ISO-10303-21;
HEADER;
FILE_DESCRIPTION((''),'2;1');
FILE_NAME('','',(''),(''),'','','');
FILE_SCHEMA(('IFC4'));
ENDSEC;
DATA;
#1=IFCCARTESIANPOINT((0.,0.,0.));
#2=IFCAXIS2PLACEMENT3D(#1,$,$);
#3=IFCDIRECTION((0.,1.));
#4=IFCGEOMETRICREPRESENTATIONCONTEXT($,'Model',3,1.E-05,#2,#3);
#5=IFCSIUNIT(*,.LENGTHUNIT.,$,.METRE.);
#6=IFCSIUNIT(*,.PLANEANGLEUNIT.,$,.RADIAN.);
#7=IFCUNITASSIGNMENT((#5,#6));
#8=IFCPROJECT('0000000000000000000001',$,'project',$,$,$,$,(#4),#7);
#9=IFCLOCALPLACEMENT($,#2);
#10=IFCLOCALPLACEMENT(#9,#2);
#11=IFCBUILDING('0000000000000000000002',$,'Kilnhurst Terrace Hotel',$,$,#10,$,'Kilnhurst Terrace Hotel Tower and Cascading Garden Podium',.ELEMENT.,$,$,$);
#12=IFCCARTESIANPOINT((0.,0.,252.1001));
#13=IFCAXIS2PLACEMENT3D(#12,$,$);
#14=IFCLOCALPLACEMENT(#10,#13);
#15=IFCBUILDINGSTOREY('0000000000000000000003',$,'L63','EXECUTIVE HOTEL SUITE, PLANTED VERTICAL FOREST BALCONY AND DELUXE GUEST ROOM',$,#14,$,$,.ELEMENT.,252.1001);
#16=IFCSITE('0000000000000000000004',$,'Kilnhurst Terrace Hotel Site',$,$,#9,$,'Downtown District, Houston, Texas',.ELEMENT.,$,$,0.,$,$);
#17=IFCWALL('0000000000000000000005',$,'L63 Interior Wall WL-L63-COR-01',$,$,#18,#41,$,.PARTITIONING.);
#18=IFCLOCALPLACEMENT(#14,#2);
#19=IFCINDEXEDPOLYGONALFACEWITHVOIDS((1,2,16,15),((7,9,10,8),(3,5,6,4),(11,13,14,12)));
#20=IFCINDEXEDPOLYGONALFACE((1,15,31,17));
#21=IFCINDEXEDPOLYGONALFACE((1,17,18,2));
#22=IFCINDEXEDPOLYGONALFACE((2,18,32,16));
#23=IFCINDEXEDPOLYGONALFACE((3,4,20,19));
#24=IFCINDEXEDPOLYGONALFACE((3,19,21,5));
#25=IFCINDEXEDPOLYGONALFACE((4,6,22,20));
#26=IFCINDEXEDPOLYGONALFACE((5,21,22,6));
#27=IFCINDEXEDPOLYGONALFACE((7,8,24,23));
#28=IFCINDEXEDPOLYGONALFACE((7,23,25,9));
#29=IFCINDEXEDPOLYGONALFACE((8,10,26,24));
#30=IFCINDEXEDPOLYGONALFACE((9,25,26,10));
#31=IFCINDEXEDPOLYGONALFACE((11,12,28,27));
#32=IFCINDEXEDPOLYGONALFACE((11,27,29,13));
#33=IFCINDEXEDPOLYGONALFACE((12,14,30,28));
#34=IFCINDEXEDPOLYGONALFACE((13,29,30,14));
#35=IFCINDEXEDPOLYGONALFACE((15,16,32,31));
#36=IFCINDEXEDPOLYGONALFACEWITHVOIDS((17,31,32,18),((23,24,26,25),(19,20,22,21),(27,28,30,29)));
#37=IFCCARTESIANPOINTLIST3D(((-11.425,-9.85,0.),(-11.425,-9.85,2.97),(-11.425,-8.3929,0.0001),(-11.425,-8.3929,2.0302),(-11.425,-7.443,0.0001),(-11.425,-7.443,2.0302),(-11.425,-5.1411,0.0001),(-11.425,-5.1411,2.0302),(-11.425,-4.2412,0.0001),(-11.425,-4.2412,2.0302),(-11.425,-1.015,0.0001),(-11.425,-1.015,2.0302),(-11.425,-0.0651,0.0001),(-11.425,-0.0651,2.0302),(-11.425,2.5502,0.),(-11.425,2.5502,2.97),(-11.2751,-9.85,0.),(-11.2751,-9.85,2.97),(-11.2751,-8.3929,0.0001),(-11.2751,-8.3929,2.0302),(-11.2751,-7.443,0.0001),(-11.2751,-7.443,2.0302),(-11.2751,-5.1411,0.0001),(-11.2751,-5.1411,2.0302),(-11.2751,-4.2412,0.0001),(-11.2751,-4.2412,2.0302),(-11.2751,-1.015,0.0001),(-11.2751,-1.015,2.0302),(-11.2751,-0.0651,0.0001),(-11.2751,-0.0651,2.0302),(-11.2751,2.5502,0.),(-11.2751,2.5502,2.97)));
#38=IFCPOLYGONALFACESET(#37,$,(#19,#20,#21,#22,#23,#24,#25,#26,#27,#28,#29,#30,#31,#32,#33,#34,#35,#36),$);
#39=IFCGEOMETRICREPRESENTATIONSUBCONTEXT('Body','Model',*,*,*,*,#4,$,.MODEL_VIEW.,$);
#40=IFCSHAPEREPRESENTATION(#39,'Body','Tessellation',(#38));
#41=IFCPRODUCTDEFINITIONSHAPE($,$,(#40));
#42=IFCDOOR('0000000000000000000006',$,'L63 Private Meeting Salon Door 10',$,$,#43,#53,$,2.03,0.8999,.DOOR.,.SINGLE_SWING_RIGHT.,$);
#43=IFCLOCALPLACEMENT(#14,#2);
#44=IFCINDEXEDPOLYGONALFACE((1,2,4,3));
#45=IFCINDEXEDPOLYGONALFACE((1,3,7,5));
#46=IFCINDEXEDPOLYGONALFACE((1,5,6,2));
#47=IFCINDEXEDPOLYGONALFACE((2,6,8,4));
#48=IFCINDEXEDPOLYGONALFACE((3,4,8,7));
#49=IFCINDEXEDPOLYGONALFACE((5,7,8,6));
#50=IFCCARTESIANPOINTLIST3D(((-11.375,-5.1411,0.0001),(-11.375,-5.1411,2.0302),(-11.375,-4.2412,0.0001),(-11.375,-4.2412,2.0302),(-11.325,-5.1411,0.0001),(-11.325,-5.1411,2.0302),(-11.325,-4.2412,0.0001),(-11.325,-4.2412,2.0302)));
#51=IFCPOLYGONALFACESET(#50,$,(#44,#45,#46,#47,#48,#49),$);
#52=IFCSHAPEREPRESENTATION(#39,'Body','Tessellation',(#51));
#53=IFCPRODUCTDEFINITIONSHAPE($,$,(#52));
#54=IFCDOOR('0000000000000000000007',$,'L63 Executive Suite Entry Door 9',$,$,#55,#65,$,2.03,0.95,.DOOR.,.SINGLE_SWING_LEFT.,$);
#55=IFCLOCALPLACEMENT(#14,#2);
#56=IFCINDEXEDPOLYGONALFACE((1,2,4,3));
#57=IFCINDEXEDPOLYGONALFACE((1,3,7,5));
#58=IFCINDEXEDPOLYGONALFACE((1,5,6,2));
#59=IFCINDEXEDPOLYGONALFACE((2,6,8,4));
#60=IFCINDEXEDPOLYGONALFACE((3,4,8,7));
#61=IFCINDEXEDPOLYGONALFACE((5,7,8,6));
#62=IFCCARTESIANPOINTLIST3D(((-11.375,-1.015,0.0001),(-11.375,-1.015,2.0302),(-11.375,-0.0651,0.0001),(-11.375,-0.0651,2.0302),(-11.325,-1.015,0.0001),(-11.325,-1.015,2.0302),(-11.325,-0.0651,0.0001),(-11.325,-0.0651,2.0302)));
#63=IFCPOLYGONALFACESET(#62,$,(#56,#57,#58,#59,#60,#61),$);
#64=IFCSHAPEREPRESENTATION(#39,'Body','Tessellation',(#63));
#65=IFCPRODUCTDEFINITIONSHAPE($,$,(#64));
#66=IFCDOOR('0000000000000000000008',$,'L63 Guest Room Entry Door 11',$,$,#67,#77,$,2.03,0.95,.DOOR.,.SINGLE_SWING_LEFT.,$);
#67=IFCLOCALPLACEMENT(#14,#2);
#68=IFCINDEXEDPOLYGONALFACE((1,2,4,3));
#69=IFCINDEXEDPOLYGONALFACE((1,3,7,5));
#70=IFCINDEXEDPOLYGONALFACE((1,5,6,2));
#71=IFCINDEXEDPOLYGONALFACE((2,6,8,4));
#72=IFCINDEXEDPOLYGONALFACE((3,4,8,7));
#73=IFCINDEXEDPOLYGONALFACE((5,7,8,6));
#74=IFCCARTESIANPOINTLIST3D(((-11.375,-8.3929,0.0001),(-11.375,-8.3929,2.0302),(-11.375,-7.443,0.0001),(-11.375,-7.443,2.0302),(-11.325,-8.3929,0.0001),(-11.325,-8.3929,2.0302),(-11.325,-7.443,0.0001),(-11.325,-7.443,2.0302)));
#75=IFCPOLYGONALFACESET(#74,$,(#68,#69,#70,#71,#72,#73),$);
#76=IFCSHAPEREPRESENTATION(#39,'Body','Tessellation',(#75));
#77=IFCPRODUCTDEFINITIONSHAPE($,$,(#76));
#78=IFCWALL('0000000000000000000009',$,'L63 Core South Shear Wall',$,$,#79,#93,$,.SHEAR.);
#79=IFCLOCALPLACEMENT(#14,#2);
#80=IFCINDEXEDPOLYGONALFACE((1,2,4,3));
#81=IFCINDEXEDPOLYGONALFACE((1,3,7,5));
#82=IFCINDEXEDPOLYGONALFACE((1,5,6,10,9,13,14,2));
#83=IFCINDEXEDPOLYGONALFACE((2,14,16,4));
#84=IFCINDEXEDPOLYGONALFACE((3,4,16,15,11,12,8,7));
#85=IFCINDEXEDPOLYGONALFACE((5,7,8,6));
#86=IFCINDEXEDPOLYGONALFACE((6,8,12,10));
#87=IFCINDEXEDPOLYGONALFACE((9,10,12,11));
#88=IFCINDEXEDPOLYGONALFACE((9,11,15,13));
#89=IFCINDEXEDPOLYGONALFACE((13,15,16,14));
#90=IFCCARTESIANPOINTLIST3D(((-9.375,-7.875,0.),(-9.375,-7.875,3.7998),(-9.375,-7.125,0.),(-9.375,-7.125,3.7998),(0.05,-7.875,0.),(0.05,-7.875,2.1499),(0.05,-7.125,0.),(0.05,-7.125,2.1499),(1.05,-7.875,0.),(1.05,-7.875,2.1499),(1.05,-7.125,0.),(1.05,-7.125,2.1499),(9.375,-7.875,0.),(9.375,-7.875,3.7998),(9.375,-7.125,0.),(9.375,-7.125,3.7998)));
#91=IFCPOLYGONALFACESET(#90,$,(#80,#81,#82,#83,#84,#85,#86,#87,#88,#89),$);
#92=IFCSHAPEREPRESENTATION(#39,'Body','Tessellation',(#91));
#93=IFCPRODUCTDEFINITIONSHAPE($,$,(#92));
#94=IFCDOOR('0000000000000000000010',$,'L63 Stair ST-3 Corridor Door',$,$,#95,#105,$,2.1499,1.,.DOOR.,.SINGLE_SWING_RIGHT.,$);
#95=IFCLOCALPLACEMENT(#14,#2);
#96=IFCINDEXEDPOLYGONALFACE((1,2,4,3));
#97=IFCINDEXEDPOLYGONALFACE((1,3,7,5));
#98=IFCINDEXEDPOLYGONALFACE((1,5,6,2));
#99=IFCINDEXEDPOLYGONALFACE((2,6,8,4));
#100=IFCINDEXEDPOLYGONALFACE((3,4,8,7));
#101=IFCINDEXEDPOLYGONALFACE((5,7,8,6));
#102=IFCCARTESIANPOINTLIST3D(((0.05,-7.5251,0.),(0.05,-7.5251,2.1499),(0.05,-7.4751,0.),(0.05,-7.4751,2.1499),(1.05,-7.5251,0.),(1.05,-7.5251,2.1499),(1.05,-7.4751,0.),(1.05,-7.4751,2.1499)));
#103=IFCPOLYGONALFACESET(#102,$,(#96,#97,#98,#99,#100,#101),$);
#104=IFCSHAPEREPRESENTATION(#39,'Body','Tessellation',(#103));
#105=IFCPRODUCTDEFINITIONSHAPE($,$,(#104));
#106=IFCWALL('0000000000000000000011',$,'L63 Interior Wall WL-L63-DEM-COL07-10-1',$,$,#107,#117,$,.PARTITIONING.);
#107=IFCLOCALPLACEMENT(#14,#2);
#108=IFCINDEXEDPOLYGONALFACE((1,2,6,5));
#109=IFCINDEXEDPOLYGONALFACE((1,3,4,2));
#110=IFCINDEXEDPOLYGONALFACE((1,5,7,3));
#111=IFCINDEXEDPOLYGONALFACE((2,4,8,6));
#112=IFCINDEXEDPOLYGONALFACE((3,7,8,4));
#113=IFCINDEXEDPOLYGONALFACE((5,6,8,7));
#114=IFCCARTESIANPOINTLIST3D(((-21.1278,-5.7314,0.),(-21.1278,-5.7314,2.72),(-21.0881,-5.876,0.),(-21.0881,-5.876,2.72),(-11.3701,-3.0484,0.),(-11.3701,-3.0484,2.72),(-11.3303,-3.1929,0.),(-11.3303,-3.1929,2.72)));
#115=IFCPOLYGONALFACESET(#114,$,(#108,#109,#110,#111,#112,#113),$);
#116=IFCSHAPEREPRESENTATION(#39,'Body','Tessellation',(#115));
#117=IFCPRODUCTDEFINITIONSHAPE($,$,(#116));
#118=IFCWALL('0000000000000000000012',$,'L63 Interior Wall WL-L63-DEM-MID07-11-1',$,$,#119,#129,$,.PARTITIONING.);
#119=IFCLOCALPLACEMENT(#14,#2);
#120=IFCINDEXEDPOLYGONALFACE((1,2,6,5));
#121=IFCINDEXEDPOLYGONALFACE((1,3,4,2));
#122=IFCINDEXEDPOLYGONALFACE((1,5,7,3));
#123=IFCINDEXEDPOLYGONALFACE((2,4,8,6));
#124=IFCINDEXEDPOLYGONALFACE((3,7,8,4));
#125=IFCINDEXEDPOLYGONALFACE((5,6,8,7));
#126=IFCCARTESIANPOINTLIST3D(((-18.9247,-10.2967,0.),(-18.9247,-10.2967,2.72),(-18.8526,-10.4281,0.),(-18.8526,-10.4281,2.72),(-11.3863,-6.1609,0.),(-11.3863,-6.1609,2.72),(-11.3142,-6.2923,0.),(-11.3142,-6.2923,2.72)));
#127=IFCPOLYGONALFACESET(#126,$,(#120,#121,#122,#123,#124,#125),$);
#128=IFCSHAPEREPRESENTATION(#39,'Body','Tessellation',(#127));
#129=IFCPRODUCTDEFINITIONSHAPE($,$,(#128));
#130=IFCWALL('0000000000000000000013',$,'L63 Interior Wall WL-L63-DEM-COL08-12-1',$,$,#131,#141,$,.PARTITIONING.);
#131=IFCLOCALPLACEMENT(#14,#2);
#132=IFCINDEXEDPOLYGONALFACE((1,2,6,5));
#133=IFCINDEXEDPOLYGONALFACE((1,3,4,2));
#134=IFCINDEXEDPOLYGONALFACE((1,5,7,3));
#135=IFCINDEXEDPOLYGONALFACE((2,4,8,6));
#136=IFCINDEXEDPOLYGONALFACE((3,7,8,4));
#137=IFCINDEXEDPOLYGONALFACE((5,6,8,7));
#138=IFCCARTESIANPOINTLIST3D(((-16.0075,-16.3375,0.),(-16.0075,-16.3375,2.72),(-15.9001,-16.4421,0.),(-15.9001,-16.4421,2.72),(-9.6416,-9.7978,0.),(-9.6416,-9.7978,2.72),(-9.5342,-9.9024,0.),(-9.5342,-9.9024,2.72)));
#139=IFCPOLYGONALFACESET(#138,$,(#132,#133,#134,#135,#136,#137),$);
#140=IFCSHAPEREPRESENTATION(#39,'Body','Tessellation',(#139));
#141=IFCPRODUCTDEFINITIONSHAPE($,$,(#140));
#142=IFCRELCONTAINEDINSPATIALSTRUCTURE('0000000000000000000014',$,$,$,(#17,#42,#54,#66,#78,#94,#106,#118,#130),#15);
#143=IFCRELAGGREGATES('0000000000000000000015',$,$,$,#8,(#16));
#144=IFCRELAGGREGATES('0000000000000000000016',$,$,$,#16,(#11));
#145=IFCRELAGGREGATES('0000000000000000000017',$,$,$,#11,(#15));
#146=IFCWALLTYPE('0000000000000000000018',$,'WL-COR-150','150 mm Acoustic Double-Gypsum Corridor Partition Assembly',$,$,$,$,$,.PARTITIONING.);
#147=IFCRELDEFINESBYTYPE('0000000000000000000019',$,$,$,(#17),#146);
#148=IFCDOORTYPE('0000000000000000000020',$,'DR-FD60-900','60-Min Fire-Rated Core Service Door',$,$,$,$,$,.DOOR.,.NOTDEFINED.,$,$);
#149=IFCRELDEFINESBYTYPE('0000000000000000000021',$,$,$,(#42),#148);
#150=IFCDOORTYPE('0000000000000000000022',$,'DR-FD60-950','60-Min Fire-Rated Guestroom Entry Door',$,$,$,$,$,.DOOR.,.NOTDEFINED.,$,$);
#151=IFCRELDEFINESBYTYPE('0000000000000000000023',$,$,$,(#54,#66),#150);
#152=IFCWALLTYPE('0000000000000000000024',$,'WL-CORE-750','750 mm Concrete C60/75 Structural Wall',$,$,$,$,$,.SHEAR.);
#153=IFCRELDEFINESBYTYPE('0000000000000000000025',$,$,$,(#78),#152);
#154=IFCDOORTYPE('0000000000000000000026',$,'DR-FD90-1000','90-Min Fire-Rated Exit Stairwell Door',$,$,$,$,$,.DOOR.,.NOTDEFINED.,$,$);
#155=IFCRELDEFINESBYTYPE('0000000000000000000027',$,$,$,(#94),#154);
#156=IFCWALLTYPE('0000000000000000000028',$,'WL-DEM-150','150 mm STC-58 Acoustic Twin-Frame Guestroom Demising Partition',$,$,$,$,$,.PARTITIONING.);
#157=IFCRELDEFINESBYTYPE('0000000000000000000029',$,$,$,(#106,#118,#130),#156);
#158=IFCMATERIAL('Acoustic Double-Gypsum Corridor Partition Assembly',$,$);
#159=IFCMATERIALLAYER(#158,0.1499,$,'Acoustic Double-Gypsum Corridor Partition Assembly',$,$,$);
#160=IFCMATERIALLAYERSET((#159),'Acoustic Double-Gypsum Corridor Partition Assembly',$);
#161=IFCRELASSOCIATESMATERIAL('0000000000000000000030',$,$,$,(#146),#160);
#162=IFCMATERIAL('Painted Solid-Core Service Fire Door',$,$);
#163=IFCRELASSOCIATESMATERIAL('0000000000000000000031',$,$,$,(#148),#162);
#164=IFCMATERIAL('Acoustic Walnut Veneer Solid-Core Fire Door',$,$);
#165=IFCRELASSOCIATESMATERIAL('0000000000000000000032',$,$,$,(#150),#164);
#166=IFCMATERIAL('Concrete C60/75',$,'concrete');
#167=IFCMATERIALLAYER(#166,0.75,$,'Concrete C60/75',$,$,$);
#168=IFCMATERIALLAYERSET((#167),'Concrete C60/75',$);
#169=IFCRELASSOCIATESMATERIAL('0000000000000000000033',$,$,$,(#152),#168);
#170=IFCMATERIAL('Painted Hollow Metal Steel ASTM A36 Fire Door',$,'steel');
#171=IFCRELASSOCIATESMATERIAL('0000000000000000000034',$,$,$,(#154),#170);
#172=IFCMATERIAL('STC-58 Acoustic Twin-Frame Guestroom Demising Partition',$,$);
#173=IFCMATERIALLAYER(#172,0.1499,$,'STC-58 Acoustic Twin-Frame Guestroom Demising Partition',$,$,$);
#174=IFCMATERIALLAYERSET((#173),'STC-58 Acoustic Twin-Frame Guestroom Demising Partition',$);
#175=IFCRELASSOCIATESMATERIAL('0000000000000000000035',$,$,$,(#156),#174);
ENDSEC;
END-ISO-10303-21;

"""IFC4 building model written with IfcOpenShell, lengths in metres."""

from ifc_helpers import new_model, si_unit, direction, frame, frame_2d, origin, place, context, subcontext, project, spatial, rectangle, extrude, material, layer, layer_set, type_object, element, fill, save


model = new_model("IFC4")

# Units and contexts
model_context = context("Model", 3, precision=1e-05, world=origin(), true_north=direction((0.0, 1.0)))
body_context = subcontext(model_context, "Body", "Model", "MODEL_VIEW")
ifc_project = project(units=[si_unit("LENGTHUNIT", "METRE"), si_unit("PLANEANGLEUNIT", "RADIAN")], contexts=[model_context])

# Site, building, storey
site_placement = place(None, origin())
site = spatial("IfcSite", under=ifc_project, at=site_placement, Name="Kilnhurst Terrace Hotel Site", LongName="Downtown District, Houston, Texas", CompositionType="ELEMENT", RefElevation=0.0)
building_placement = place(site_placement, origin())
building = spatial("IfcBuilding", under=site, at=building_placement, Name="Kilnhurst Terrace Hotel", LongName="Kilnhurst Terrace Hotel Tower and Cascading Garden Podium", CompositionType="ELEMENT")
storey_placement = place(building_placement, frame((0.0, 0.0, 252.1001)))
storey = spatial("IfcBuildingStorey", under=building, at=storey_placement, Name="L63", Description="EXECUTIVE HOTEL SUITE, PLANTED VERTICAL FOREST BALCONY AND DELUXE GUEST ROOM", CompositionType="ELEMENT", Elevation=252.1001)

# Shared definitions
ifc_material_1 = material(Name="Concrete C60/75", Category="concrete")

# Wall, openings, doors
ifc_material_2 = material(Name="Acoustic Double-Gypsum Corridor Partition Assembly")
ifc_layer_1 = layer(ifc_material_2, 0.1499, Name="Acoustic Double-Gypsum Corridor Partition Assembly")
ifc_layer_set_1 = layer_set([ifc_layer_1], Name="Acoustic Double-Gypsum Corridor Partition Assembly")
wall_type_1 = type_object("IfcWallType", Name="WL-COR-150", Description="150 mm Acoustic Double-Gypsum Corridor Partition Assembly", PredefinedType="PARTITIONING", material=ifc_layer_set_1)
wall_1_placement = place(storey_placement, frame((-11.3501, -9.8501, 0.0), z_axis=(0.0, 0.0, 1.0), x_axis=(0.0, 1.0, 0.0)))
wall_1 = element("IfcWall", 1, at=wall_1_placement, inside=storey, type_object=wall_type_1, Name="L63 Interior Wall WL-L63-COR-01", PredefinedType="PARTITIONING", context=body_context, shape_type="SweptSolid", body=[
    extrude(rectangle(XDim=12.4001, YDim=0.1499, at=frame_2d((6.2002, 0.0))), origin(), (0.0, 0.0, 1.0), 2.97),
])
opening_1_placement = place(wall_1_placement, frame((8.835, 0.0, 0.0)))
opening_1 = element("IfcOpeningElement", 2, at=opening_1_placement, cuts=wall_1, PredefinedType="OPENING", context=body_context, shape_type="SweptSolid", body=[
    extrude(rectangle(XDim=0.95, YDim=2.03, at=frame_2d((0.4751, 1.0151))), frame((0.0, 0.085, 0.0), z_axis=(0.0, -1.0, 0.0), x_axis=(1.0, 0.0, 0.0)), (0.0, 0.0, 1.0), 0.1699),
])
opening_2_placement = place(wall_1_placement, frame((4.709, 0.0, 0.0)))
opening_2 = element("IfcOpeningElement", 3, at=opening_2_placement, cuts=wall_1, PredefinedType="OPENING", context=body_context, shape_type="SweptSolid", body=[
    extrude(rectangle(XDim=0.8999, YDim=2.03, at=frame_2d((0.45, 1.0151))), frame((0.0, 0.085, 0.0), z_axis=(0.0, -1.0, 0.0), x_axis=(1.0, 0.0, 0.0)), (0.0, 0.0, 1.0), 0.1699),
])
opening_3_placement = place(wall_1_placement, frame((1.457, 0.0, 0.0)))
opening_3 = element("IfcOpeningElement", 4, at=opening_3_placement, cuts=wall_1, PredefinedType="OPENING", context=body_context, shape_type="SweptSolid", body=[
    extrude(rectangle(XDim=0.95, YDim=2.03, at=frame_2d((0.4751, 1.0151))), frame((0.0, 0.085, 0.0), z_axis=(0.0, -1.0, 0.0), x_axis=(1.0, 0.0, 0.0)), (0.0, 0.0, 1.0), 0.1699),
])
ifc_material_3 = material(Name="Painted Solid-Core Service Fire Door")
door_type_1 = type_object("IfcDoorType", Name="DR-FD60-900", Description="60-Min Fire-Rated Core Service Door", OperationType="NOTDEFINED", PredefinedType="DOOR", material=ifc_material_3)
door_1_placement = place(opening_2_placement, origin())
door_1 = element("IfcDoor", 5, at=door_1_placement, inside=storey, type_object=door_type_1, Name="L63 Private Meeting Salon Door 10", OperationType="SINGLE_SWING_RIGHT", OverallHeight=2.03, OverallWidth=0.8999, PredefinedType="DOOR", context=body_context, shape_type="SweptSolid", body=[
    extrude(rectangle(XDim=0.8999, YDim=2.03, at=frame_2d((0.45, 1.0151))), frame((0.0, 0.0249, 0.0), z_axis=(0.0, -1.0, 0.0), x_axis=(1.0, 0.0, 0.0)), (0.0, 0.0, 1.0), 0.05),
])
fill(opening_2, door_1)
ifc_material_4 = material(Name="Acoustic Walnut Veneer Solid-Core Fire Door")
door_type_2 = type_object("IfcDoorType", Name="DR-FD60-950", Description="60-Min Fire-Rated Guestroom Entry Door", OperationType="NOTDEFINED", PredefinedType="DOOR", material=ifc_material_4)
door_2_placement = place(opening_1_placement, origin())
door_2 = element("IfcDoor", 6, at=door_2_placement, inside=storey, type_object=door_type_2, Name="L63 Executive Suite Entry Door 9", OperationType="SINGLE_SWING_LEFT", OverallHeight=2.03, OverallWidth=0.95, PredefinedType="DOOR", context=body_context, shape_type="SweptSolid", body=[
    extrude(rectangle(XDim=0.95, YDim=2.03, at=frame_2d((0.4751, 1.0151))), frame((0.0, 0.0249, 0.0), z_axis=(0.0, -1.0, 0.0), x_axis=(1.0, 0.0, 0.0)), (0.0, 0.0, 1.0), 0.05),
])
fill(opening_1, door_2)
door_3_placement = place(opening_3_placement, origin())
door_3 = element("IfcDoor", 7, at=door_3_placement, inside=storey, type_object=door_type_2, Name="L63 Guest Room Entry Door 11", OperationType="SINGLE_SWING_LEFT", OverallHeight=2.03, OverallWidth=0.95, PredefinedType="DOOR", context=body_context, shape_type="SweptSolid", body=[
    extrude(rectangle(XDim=0.95, YDim=2.03, at=frame_2d((0.4751, 1.0151))), frame((0.0, 0.0249, 0.0), z_axis=(0.0, -1.0, 0.0), x_axis=(1.0, 0.0, 0.0)), (0.0, 0.0, 1.0), 0.05),
])
fill(opening_3, door_3)

# Wall, opening, door
ifc_layer_2 = layer(ifc_material_1, 0.75, Name="Concrete C60/75")
ifc_layer_set_2 = layer_set([ifc_layer_2], Name="Concrete C60/75")
wall_type_2 = type_object("IfcWallType", Name="WL-CORE-750", Description="750 mm Concrete C60/75 Structural Wall", PredefinedType="SHEAR", material=ifc_layer_set_2)
wall_2_placement = place(storey_placement, frame((-9.375, -7.5, 0.0), z_axis=(0.0, 0.0, 1.0), x_axis=(1.0, 0.0, 0.0)))
wall_2 = element("IfcWall", 8, at=wall_2_placement, inside=storey, type_object=wall_type_2, Name="L63 Core South Shear Wall", PredefinedType="SHEAR", context=body_context, shape_type="SweptSolid", body=[
    extrude(rectangle(XDim=18.75, YDim=0.75, at=frame_2d((9.375, 0.0))), origin(), (0.0, 0.0, 1.0), 3.7998),
])
opening_4_placement = place(wall_2_placement, frame((9.425, 0.0, 0.0)))
opening_4 = element("IfcOpeningElement", 9, at=opening_4_placement, cuts=wall_2, PredefinedType="OPENING", context=body_context, shape_type="SweptSolid", body=[
    extrude(rectangle(XDim=1.0, YDim=2.1499, at=frame_2d((0.5, 1.075))), frame((0.0, 0.385, 0.0), z_axis=(0.0, -1.0, 0.0), x_axis=(1.0, 0.0, 0.0)), (0.0, 0.0, 1.0), 0.77),
])
ifc_material_5 = material(Name="Painted Hollow Metal Steel ASTM A36 Fire Door", Category="steel")
door_type_3 = type_object("IfcDoorType", Name="DR-FD90-1000", Description="90-Min Fire-Rated Exit Stairwell Door", OperationType="NOTDEFINED", PredefinedType="DOOR", material=ifc_material_5)
door_4_placement = place(opening_4_placement, origin())
door_4 = element("IfcDoor", 10, at=door_4_placement, inside=storey, type_object=door_type_3, Name="L63 Stair ST-3 Corridor Door", OperationType="SINGLE_SWING_RIGHT", OverallHeight=2.1499, OverallWidth=1.0, PredefinedType="DOOR", context=body_context, shape_type="SweptSolid", body=[
    extrude(rectangle(XDim=1.0, YDim=2.1499, at=frame_2d((0.5, 1.075))), frame((0.0, 0.0249, 0.0), z_axis=(0.0, -1.0, 0.0), x_axis=(1.0, 0.0, 0.0)), (0.0, 0.0, 1.0), 0.05),
])
fill(opening_4, door_4)

# Walls
ifc_material_6 = material(Name="STC-58 Acoustic Twin-Frame Guestroom Demising Partition")
ifc_layer_3 = layer(ifc_material_6, 0.1499, Name="STC-58 Acoustic Twin-Frame Guestroom Demising Partition")
ifc_layer_set_3 = layer_set([ifc_layer_3], Name="STC-58 Acoustic Twin-Frame Guestroom Demising Partition")
wall_type_3 = type_object("IfcWallType", Name="WL-DEM-150", Description="150 mm STC-58 Acoustic Twin-Frame Guestroom Demising Partition", PredefinedType="PARTITIONING", material=ifc_layer_set_3)
wall_3_placement = place(storey_placement, frame((-11.3501, -3.1206, 0.0), z_axis=(0.0, 0.0, 1.0), x_axis=(-0.964213, -0.26513, 0.0)))
element("IfcWall", 11, at=wall_3_placement, inside=storey, type_object=wall_type_3, Name="L63 Interior Wall WL-L63-DEM-COL07-10-1", PredefinedType="PARTITIONING", context=body_context, shape_type="SweptSolid", body=[
    extrude(rectangle(XDim=10.1199, YDim=0.1499, at=frame_2d((5.0601, 0.0))), origin(), (0.0, 0.0, 1.0), 2.72),
])
wall_4_placement = place(storey_placement, frame((-11.3501, -6.2266, 0.0), z_axis=(0.0, 0.0, 1.0), x_axis=(-0.876723, -0.480995, 0.0)))
element("IfcWall", 12, at=wall_4_placement, inside=storey, type_object=wall_type_3, Name="L63 Interior Wall WL-L63-DEM-MID07-11-1", PredefinedType="PARTITIONING", context=body_context, shape_type="SweptSolid", body=[
    extrude(rectangle(XDim=8.5984, YDim=0.1499, at=frame_2d((4.2993, 0.0))), origin(), (0.0, 0.0, 1.0), 2.72),
])
wall_5_placement = place(storey_placement, frame((-9.5879, -9.8501, 0.0), z_axis=(0.0, 0.0, 1.0), x_axis=(-0.697519, -0.716566, 0.0)))
element("IfcWall", 13, at=wall_5_placement, inside=storey, type_object=wall_type_3, Name="L63 Interior Wall WL-L63-DEM-COL08-12-1", PredefinedType="PARTITIONING", context=body_context, shape_type="SweptSolid", body=[
    extrude(rectangle(XDim=9.1265, YDim=0.1499, at=frame_2d((4.5632, 0.0))), origin(), (0.0, 0.0, 1.0), 2.72),
])

save(model, "model.ifc")
